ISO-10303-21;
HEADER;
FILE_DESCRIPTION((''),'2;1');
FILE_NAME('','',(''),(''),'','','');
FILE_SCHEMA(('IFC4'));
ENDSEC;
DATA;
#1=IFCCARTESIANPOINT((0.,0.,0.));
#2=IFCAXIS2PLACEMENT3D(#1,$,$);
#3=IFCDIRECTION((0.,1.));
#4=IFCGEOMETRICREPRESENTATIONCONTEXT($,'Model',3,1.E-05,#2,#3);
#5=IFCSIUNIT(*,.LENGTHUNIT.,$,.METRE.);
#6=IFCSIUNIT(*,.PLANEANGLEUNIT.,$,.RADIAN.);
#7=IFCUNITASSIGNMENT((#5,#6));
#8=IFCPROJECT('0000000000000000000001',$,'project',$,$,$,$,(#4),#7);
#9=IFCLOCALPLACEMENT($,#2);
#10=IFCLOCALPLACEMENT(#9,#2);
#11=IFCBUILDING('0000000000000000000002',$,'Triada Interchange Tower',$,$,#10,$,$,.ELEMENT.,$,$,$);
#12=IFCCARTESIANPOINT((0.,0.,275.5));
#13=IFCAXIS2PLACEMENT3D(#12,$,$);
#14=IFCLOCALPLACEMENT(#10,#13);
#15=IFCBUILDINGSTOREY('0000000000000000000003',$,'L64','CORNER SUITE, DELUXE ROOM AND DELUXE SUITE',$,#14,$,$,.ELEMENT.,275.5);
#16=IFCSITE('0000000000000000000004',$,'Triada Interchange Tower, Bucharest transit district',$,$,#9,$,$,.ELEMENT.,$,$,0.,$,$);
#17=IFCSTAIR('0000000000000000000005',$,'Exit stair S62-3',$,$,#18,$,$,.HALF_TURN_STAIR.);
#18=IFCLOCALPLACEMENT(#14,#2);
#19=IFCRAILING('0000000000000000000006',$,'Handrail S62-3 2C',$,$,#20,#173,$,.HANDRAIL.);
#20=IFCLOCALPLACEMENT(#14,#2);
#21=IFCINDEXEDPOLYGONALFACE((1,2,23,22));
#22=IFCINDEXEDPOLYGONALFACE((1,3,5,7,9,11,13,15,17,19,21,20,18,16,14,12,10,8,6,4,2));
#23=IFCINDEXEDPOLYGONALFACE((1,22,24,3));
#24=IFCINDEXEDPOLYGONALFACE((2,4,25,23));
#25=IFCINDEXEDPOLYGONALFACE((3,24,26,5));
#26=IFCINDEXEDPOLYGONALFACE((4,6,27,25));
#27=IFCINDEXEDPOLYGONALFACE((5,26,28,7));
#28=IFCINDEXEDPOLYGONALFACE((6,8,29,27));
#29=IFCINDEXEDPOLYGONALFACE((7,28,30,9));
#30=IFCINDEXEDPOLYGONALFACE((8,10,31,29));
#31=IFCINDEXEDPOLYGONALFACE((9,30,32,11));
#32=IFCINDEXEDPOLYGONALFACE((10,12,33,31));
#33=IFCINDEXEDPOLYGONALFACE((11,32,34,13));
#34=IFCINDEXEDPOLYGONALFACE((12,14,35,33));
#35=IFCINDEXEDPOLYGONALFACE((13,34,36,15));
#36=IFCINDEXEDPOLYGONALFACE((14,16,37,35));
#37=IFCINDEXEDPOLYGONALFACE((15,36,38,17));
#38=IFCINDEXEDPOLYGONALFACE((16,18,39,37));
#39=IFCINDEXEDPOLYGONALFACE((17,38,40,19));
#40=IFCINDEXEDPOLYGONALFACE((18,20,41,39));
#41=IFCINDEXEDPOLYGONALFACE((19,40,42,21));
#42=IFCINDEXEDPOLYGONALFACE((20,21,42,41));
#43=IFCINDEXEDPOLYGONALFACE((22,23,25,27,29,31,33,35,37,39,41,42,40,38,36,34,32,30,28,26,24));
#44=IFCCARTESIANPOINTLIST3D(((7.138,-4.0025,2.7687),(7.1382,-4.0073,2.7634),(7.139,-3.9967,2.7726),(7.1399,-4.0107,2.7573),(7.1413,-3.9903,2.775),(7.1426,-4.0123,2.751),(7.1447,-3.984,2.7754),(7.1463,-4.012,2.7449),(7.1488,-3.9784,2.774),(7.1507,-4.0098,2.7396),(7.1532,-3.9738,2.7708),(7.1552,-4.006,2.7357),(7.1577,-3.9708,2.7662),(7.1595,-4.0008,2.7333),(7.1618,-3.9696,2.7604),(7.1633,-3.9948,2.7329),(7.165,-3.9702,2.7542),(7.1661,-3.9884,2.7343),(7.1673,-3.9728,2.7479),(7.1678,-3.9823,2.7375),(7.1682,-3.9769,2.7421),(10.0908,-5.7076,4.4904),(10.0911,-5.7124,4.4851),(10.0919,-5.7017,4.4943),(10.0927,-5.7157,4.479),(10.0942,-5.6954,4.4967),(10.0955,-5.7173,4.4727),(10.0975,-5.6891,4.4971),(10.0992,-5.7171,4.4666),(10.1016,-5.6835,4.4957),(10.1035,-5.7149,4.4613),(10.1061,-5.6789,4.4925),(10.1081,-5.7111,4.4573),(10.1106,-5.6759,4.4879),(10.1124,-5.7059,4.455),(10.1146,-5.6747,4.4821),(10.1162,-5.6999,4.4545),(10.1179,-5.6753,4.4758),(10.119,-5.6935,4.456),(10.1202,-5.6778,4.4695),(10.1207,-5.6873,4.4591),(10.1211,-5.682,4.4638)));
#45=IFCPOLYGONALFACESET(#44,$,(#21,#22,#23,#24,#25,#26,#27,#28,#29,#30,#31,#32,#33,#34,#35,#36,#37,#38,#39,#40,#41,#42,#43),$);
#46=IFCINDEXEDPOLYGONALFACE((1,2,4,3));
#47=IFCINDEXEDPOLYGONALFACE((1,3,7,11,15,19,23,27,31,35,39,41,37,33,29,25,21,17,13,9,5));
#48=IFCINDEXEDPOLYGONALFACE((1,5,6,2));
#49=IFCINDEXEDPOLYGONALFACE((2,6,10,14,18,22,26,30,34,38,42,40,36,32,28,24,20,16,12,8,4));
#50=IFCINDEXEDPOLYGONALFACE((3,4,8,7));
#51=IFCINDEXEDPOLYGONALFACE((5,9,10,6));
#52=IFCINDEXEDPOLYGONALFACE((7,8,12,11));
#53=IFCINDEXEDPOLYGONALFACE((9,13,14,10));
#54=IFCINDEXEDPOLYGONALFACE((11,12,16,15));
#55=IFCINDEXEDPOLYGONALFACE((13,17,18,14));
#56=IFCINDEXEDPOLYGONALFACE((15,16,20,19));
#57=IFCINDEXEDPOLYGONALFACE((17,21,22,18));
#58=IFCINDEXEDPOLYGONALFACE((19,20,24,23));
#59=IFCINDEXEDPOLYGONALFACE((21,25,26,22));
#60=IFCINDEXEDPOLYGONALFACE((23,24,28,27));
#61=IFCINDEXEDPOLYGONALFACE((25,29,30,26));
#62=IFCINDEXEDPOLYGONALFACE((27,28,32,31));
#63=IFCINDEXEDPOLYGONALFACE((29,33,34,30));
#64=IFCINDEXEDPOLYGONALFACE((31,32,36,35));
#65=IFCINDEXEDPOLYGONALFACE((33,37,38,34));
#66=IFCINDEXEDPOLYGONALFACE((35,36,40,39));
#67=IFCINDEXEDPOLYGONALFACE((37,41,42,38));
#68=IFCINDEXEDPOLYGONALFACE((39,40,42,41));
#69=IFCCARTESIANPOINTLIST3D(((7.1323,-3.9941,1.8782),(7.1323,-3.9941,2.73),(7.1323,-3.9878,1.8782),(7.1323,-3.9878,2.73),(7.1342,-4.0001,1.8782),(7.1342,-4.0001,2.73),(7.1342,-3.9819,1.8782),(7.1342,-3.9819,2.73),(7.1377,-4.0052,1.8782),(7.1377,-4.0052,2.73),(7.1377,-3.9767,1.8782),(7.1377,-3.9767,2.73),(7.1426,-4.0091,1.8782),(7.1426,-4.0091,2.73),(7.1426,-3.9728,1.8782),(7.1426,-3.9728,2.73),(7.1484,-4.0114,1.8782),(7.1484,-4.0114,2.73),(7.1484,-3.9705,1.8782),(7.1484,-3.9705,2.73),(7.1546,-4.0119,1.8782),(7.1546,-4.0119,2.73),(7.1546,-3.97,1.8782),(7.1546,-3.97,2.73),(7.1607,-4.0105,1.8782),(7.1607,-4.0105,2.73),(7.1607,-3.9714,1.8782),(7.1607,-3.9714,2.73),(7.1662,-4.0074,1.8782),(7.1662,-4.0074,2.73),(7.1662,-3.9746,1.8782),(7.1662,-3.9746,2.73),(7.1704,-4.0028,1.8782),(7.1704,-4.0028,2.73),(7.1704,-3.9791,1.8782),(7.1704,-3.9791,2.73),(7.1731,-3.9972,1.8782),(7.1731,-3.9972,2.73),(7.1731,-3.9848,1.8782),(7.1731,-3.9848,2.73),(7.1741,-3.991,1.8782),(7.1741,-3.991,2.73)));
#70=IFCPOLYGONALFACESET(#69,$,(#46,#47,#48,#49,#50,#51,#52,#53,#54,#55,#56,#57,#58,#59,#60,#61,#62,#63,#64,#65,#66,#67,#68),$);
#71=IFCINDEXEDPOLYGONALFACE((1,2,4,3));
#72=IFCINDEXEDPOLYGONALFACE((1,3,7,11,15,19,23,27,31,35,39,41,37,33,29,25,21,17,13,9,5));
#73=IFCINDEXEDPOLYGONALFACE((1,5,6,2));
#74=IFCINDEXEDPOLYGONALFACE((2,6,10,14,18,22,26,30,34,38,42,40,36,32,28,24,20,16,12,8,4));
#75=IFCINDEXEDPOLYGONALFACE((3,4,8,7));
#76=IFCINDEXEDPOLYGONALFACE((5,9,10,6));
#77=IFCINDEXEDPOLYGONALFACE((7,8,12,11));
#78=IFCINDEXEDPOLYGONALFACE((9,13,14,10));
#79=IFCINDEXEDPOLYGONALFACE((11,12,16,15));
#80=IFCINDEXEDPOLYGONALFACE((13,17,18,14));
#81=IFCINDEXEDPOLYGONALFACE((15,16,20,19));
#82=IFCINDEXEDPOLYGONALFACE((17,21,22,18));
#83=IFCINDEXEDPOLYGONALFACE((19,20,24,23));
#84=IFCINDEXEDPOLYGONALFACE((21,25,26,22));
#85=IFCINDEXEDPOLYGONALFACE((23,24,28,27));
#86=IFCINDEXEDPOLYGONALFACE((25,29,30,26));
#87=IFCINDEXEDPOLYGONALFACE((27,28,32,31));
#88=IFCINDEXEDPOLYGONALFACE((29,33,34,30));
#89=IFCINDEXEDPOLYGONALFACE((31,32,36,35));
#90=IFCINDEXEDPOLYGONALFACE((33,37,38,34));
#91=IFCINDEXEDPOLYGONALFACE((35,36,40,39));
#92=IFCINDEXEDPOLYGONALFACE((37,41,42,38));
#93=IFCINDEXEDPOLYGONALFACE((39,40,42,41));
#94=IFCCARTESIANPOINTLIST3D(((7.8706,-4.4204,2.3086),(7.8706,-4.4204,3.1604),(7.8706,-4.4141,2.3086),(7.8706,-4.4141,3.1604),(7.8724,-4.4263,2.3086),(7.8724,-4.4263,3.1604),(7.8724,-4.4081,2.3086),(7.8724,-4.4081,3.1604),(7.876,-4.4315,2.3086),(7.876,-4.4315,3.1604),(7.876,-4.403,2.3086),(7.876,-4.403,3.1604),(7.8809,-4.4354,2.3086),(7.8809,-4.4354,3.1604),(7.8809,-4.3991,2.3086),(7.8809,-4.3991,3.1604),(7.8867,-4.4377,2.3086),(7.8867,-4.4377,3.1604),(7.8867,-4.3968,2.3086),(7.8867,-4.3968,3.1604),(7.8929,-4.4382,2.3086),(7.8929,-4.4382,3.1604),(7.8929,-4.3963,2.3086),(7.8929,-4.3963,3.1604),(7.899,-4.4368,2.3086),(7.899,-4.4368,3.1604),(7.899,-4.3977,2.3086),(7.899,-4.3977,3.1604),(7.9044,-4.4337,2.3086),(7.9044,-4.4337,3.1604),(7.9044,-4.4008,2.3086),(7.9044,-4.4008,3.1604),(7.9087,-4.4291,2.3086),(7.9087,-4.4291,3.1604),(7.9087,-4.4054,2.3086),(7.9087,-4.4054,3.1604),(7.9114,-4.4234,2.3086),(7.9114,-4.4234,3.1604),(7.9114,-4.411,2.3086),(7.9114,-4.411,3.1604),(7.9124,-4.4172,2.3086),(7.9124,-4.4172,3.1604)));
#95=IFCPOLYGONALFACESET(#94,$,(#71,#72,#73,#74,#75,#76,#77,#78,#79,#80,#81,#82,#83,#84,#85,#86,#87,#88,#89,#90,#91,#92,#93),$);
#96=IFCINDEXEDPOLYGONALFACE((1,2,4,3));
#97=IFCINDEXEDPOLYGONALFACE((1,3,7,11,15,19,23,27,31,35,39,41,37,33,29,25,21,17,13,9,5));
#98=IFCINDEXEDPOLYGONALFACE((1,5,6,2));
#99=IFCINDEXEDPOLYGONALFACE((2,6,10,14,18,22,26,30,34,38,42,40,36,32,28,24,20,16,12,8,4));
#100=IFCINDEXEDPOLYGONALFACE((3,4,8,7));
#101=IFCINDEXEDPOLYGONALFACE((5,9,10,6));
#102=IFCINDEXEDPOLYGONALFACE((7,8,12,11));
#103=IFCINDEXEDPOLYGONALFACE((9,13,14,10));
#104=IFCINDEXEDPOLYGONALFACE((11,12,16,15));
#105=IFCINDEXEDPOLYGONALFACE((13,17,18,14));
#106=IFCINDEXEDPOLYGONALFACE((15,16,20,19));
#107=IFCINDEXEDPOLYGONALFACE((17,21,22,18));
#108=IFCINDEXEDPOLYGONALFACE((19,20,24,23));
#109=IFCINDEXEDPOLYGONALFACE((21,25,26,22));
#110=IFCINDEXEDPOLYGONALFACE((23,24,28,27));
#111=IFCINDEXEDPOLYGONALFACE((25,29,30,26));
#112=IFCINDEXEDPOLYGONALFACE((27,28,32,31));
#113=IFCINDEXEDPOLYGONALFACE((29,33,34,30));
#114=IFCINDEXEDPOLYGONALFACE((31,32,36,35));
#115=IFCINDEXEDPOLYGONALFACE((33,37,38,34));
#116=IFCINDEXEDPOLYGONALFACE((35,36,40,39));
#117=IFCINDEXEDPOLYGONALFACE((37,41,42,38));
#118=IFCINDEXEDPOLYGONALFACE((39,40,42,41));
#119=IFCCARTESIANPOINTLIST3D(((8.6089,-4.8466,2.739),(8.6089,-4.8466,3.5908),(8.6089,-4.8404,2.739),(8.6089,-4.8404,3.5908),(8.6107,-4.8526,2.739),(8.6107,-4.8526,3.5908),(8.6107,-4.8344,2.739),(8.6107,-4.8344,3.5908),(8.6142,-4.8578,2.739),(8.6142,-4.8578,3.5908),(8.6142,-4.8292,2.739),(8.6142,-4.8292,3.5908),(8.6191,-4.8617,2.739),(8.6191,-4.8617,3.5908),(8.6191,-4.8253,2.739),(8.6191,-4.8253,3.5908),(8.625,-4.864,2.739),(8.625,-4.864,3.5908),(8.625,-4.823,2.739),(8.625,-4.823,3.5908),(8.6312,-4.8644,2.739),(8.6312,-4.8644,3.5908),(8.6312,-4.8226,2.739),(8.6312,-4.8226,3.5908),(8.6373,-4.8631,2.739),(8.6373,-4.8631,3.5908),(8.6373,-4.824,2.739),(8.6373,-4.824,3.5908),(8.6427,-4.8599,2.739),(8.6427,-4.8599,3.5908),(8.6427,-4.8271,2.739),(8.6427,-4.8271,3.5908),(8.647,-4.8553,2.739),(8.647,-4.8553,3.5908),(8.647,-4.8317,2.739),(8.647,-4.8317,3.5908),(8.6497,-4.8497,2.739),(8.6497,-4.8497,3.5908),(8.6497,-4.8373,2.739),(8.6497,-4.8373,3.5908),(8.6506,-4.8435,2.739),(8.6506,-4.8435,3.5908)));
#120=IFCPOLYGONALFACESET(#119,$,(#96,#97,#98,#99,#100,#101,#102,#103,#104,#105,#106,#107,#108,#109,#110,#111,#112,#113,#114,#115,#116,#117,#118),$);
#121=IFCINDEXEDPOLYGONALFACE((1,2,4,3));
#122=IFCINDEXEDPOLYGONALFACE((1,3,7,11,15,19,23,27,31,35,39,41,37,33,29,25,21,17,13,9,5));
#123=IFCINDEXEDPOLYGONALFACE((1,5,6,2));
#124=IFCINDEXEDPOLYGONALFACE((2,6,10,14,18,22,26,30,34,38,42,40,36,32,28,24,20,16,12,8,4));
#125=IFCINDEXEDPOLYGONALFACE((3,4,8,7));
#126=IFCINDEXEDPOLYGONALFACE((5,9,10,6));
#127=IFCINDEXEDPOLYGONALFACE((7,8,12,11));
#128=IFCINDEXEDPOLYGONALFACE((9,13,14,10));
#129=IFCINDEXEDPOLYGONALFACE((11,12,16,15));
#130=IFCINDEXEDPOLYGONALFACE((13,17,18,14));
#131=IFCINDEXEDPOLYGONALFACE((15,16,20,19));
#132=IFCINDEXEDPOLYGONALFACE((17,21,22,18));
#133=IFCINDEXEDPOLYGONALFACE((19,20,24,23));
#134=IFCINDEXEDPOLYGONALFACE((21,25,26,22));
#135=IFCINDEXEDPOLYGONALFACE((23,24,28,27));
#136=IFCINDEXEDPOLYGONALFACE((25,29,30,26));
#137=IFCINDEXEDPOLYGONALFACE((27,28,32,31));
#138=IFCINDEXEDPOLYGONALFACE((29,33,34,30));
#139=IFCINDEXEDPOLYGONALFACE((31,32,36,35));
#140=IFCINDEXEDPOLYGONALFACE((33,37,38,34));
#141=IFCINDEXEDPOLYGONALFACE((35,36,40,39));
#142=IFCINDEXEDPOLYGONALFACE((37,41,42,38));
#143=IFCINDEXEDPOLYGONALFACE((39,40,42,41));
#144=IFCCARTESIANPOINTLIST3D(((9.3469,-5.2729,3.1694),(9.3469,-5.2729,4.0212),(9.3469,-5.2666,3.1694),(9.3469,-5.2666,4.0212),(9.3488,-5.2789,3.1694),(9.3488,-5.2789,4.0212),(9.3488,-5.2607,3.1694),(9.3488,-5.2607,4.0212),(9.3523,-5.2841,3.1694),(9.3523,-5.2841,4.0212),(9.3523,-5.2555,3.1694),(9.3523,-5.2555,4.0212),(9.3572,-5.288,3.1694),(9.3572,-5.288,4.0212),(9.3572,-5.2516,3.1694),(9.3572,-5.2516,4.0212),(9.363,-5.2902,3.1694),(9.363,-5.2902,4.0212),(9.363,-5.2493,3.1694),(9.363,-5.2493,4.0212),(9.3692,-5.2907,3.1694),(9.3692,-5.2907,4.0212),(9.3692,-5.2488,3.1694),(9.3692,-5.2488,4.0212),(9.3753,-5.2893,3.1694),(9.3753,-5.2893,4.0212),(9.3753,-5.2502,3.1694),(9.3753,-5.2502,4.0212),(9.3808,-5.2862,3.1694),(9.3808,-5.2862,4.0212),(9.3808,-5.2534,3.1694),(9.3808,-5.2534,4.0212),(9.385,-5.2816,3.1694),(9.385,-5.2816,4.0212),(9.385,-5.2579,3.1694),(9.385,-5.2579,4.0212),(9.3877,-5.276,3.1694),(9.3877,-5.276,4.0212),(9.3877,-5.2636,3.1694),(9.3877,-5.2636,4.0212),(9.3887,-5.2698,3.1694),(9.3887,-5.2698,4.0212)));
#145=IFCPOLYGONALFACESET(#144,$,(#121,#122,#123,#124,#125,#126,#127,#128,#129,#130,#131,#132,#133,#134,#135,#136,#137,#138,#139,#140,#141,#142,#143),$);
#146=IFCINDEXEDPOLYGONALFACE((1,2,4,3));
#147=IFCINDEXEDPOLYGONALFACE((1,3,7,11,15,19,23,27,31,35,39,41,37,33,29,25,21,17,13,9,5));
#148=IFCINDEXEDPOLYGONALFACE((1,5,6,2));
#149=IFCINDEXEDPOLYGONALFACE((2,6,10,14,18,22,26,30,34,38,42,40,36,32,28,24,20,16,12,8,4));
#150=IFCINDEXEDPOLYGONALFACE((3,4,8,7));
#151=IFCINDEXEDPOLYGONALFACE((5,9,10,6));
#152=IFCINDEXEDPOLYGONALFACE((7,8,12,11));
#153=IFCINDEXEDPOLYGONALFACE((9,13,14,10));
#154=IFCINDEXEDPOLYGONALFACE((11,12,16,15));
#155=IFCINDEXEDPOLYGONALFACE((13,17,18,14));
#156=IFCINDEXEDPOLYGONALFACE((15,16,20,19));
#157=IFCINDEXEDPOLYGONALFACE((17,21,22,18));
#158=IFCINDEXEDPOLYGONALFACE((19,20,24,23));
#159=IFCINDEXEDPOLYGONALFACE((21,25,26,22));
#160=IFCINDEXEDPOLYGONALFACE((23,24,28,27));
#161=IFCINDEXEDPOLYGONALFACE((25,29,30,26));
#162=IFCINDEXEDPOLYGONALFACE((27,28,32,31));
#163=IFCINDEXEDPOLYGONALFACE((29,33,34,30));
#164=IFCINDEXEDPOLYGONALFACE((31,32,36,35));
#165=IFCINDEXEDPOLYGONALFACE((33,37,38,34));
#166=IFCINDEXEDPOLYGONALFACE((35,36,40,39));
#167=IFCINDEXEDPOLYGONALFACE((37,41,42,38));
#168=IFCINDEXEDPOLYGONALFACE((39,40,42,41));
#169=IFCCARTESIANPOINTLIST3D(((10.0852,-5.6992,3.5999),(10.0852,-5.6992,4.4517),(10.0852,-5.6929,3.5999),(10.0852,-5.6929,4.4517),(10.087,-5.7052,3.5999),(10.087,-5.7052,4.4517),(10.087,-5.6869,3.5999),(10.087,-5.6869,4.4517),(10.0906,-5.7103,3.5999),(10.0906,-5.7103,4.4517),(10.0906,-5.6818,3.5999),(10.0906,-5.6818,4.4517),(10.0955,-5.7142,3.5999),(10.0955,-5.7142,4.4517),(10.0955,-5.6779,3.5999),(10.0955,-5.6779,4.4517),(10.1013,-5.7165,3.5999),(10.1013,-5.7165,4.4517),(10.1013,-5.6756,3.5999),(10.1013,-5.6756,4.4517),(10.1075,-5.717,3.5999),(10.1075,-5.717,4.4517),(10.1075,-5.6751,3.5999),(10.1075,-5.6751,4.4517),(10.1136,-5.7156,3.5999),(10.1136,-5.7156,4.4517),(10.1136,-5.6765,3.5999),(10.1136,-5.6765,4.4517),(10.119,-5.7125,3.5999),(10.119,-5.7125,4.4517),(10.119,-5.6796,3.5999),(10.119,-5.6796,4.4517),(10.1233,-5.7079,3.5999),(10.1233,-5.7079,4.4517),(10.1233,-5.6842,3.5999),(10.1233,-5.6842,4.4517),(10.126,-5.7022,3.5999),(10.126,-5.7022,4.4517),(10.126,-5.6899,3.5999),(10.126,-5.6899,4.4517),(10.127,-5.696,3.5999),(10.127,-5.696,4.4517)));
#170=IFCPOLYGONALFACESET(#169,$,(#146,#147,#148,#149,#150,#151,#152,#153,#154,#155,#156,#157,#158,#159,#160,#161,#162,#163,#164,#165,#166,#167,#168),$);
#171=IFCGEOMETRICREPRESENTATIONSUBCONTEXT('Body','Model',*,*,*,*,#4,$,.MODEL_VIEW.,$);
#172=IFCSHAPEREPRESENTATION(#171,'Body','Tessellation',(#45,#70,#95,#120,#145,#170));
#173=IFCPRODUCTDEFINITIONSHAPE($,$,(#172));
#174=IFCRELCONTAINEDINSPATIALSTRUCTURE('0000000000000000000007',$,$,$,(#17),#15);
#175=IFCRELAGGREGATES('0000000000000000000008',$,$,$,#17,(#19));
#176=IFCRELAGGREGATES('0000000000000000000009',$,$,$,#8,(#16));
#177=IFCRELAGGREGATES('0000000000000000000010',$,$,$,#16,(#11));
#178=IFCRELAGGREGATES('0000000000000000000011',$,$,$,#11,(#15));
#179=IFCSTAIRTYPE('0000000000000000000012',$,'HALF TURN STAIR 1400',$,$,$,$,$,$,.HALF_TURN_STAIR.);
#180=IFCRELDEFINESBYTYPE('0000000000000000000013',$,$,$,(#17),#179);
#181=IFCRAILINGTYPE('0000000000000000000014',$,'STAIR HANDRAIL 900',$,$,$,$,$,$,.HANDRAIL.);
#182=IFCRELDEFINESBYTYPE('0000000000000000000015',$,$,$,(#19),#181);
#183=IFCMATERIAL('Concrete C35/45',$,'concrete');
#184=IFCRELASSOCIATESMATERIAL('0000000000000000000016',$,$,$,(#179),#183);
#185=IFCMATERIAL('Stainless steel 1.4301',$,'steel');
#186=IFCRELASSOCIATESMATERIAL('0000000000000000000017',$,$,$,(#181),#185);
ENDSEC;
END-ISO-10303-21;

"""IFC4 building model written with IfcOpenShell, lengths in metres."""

from ifc_helpers import new_model, si_unit, direction, frame, origin, origin_2d, place, context, subcontext, project, spatial, circle, extrude, material, type_object, element, aggregate, save


model = new_model("IFC4")

# Units and contexts
model_context = context("Model", 3, precision=1e-05, world=origin(), true_north=direction((0.0, 1.0)))
body_context = subcontext(model_context, "Body", "Model", "MODEL_VIEW")
ifc_project = project(units=[si_unit("LENGTHUNIT", "METRE"), si_unit("PLANEANGLEUNIT", "RADIAN")], contexts=[model_context])

# Site, building, storey
site_placement = place(None, origin())
site = spatial("IfcSite", under=ifc_project, at=site_placement, Name="Triada Interchange Tower, Bucharest transit district", CompositionType="ELEMENT", RefElevation=0.0)
building_placement = place(site_placement, origin())
building = spatial("IfcBuilding", under=site, at=building_placement, Name="Triada Interchange Tower", CompositionType="ELEMENT")
storey_placement = place(building_placement, frame((0.0, 0.0, 275.5)))
storey = spatial("IfcBuildingStorey", under=building, at=storey_placement, Name="L64", Description="CORNER SUITE, DELUXE ROOM AND DELUXE SUITE", CompositionType="ELEMENT", Elevation=275.5)

# Stair, railing
ifc_material_1 = material(Name="Concrete C35/45", Category="concrete")
stair_type = type_object("IfcStairType", Name="HALF TURN STAIR 1400", PredefinedType="HALF_TURN_STAIR", material=ifc_material_1)
stair_placement = place(storey_placement, origin())
stair = element("IfcStair", 1, at=stair_placement, inside=storey, type_object=stair_type, Name="Exit stair S62-3", PredefinedType="HALF_TURN_STAIR")
ifc_material_2 = material(Name="Stainless steel 1.4301", Category="steel")
railing_type = type_object("IfcRailingType", Name="STAIR HANDRAIL 900", PredefinedType="HANDRAIL", material=ifc_material_2)
railing_1_placement = place(storey_placement, frame((7.1531, -3.991, 1.8782)))
railing_1 = element("IfcRailing", 2, at=railing_1_placement, type_object=railing_type, Name="Handrail S62-3 2C", PredefinedType="HANDRAIL", context=body_context, shape_type="SweptSolid", body=[
    extrude(circle(Radius=0.0239, at=origin_2d()), frame((0.0, 0.0, 0.876), z_axis=(0.773043, -0.446377, 0.450723), x_axis=(0.500051, 0.865996, 0.0)), (0.0, 0.0, 1.0), 3.8198),
    extrude(circle(Radius=0.021, at=origin_2d()), origin(), (0.0, 0.0, 1.0), 0.8518),
    extrude(circle(Radius=0.021, at=origin_2d()), frame((0.7383, -0.4263, 0.4304)), (0.0, 0.0, 1.0), 0.8518),
    extrude(circle(Radius=0.021, at=origin_2d()), frame((1.4766, -0.8525, 0.8608)), (0.0, 0.0, 1.0), 0.8518),
    extrude(circle(Radius=0.021, at=origin_2d()), frame((2.2146, -1.2788, 1.2913)), (0.0, 0.0, 1.0), 0.8518),
    extrude(circle(Radius=0.021, at=origin_2d()), frame((2.9529, -1.7051, 1.7217)), (0.0, 0.0, 1.0), 0.8518),
])
aggregate(stair, [railing_1])

save(model, "model.ifc")
